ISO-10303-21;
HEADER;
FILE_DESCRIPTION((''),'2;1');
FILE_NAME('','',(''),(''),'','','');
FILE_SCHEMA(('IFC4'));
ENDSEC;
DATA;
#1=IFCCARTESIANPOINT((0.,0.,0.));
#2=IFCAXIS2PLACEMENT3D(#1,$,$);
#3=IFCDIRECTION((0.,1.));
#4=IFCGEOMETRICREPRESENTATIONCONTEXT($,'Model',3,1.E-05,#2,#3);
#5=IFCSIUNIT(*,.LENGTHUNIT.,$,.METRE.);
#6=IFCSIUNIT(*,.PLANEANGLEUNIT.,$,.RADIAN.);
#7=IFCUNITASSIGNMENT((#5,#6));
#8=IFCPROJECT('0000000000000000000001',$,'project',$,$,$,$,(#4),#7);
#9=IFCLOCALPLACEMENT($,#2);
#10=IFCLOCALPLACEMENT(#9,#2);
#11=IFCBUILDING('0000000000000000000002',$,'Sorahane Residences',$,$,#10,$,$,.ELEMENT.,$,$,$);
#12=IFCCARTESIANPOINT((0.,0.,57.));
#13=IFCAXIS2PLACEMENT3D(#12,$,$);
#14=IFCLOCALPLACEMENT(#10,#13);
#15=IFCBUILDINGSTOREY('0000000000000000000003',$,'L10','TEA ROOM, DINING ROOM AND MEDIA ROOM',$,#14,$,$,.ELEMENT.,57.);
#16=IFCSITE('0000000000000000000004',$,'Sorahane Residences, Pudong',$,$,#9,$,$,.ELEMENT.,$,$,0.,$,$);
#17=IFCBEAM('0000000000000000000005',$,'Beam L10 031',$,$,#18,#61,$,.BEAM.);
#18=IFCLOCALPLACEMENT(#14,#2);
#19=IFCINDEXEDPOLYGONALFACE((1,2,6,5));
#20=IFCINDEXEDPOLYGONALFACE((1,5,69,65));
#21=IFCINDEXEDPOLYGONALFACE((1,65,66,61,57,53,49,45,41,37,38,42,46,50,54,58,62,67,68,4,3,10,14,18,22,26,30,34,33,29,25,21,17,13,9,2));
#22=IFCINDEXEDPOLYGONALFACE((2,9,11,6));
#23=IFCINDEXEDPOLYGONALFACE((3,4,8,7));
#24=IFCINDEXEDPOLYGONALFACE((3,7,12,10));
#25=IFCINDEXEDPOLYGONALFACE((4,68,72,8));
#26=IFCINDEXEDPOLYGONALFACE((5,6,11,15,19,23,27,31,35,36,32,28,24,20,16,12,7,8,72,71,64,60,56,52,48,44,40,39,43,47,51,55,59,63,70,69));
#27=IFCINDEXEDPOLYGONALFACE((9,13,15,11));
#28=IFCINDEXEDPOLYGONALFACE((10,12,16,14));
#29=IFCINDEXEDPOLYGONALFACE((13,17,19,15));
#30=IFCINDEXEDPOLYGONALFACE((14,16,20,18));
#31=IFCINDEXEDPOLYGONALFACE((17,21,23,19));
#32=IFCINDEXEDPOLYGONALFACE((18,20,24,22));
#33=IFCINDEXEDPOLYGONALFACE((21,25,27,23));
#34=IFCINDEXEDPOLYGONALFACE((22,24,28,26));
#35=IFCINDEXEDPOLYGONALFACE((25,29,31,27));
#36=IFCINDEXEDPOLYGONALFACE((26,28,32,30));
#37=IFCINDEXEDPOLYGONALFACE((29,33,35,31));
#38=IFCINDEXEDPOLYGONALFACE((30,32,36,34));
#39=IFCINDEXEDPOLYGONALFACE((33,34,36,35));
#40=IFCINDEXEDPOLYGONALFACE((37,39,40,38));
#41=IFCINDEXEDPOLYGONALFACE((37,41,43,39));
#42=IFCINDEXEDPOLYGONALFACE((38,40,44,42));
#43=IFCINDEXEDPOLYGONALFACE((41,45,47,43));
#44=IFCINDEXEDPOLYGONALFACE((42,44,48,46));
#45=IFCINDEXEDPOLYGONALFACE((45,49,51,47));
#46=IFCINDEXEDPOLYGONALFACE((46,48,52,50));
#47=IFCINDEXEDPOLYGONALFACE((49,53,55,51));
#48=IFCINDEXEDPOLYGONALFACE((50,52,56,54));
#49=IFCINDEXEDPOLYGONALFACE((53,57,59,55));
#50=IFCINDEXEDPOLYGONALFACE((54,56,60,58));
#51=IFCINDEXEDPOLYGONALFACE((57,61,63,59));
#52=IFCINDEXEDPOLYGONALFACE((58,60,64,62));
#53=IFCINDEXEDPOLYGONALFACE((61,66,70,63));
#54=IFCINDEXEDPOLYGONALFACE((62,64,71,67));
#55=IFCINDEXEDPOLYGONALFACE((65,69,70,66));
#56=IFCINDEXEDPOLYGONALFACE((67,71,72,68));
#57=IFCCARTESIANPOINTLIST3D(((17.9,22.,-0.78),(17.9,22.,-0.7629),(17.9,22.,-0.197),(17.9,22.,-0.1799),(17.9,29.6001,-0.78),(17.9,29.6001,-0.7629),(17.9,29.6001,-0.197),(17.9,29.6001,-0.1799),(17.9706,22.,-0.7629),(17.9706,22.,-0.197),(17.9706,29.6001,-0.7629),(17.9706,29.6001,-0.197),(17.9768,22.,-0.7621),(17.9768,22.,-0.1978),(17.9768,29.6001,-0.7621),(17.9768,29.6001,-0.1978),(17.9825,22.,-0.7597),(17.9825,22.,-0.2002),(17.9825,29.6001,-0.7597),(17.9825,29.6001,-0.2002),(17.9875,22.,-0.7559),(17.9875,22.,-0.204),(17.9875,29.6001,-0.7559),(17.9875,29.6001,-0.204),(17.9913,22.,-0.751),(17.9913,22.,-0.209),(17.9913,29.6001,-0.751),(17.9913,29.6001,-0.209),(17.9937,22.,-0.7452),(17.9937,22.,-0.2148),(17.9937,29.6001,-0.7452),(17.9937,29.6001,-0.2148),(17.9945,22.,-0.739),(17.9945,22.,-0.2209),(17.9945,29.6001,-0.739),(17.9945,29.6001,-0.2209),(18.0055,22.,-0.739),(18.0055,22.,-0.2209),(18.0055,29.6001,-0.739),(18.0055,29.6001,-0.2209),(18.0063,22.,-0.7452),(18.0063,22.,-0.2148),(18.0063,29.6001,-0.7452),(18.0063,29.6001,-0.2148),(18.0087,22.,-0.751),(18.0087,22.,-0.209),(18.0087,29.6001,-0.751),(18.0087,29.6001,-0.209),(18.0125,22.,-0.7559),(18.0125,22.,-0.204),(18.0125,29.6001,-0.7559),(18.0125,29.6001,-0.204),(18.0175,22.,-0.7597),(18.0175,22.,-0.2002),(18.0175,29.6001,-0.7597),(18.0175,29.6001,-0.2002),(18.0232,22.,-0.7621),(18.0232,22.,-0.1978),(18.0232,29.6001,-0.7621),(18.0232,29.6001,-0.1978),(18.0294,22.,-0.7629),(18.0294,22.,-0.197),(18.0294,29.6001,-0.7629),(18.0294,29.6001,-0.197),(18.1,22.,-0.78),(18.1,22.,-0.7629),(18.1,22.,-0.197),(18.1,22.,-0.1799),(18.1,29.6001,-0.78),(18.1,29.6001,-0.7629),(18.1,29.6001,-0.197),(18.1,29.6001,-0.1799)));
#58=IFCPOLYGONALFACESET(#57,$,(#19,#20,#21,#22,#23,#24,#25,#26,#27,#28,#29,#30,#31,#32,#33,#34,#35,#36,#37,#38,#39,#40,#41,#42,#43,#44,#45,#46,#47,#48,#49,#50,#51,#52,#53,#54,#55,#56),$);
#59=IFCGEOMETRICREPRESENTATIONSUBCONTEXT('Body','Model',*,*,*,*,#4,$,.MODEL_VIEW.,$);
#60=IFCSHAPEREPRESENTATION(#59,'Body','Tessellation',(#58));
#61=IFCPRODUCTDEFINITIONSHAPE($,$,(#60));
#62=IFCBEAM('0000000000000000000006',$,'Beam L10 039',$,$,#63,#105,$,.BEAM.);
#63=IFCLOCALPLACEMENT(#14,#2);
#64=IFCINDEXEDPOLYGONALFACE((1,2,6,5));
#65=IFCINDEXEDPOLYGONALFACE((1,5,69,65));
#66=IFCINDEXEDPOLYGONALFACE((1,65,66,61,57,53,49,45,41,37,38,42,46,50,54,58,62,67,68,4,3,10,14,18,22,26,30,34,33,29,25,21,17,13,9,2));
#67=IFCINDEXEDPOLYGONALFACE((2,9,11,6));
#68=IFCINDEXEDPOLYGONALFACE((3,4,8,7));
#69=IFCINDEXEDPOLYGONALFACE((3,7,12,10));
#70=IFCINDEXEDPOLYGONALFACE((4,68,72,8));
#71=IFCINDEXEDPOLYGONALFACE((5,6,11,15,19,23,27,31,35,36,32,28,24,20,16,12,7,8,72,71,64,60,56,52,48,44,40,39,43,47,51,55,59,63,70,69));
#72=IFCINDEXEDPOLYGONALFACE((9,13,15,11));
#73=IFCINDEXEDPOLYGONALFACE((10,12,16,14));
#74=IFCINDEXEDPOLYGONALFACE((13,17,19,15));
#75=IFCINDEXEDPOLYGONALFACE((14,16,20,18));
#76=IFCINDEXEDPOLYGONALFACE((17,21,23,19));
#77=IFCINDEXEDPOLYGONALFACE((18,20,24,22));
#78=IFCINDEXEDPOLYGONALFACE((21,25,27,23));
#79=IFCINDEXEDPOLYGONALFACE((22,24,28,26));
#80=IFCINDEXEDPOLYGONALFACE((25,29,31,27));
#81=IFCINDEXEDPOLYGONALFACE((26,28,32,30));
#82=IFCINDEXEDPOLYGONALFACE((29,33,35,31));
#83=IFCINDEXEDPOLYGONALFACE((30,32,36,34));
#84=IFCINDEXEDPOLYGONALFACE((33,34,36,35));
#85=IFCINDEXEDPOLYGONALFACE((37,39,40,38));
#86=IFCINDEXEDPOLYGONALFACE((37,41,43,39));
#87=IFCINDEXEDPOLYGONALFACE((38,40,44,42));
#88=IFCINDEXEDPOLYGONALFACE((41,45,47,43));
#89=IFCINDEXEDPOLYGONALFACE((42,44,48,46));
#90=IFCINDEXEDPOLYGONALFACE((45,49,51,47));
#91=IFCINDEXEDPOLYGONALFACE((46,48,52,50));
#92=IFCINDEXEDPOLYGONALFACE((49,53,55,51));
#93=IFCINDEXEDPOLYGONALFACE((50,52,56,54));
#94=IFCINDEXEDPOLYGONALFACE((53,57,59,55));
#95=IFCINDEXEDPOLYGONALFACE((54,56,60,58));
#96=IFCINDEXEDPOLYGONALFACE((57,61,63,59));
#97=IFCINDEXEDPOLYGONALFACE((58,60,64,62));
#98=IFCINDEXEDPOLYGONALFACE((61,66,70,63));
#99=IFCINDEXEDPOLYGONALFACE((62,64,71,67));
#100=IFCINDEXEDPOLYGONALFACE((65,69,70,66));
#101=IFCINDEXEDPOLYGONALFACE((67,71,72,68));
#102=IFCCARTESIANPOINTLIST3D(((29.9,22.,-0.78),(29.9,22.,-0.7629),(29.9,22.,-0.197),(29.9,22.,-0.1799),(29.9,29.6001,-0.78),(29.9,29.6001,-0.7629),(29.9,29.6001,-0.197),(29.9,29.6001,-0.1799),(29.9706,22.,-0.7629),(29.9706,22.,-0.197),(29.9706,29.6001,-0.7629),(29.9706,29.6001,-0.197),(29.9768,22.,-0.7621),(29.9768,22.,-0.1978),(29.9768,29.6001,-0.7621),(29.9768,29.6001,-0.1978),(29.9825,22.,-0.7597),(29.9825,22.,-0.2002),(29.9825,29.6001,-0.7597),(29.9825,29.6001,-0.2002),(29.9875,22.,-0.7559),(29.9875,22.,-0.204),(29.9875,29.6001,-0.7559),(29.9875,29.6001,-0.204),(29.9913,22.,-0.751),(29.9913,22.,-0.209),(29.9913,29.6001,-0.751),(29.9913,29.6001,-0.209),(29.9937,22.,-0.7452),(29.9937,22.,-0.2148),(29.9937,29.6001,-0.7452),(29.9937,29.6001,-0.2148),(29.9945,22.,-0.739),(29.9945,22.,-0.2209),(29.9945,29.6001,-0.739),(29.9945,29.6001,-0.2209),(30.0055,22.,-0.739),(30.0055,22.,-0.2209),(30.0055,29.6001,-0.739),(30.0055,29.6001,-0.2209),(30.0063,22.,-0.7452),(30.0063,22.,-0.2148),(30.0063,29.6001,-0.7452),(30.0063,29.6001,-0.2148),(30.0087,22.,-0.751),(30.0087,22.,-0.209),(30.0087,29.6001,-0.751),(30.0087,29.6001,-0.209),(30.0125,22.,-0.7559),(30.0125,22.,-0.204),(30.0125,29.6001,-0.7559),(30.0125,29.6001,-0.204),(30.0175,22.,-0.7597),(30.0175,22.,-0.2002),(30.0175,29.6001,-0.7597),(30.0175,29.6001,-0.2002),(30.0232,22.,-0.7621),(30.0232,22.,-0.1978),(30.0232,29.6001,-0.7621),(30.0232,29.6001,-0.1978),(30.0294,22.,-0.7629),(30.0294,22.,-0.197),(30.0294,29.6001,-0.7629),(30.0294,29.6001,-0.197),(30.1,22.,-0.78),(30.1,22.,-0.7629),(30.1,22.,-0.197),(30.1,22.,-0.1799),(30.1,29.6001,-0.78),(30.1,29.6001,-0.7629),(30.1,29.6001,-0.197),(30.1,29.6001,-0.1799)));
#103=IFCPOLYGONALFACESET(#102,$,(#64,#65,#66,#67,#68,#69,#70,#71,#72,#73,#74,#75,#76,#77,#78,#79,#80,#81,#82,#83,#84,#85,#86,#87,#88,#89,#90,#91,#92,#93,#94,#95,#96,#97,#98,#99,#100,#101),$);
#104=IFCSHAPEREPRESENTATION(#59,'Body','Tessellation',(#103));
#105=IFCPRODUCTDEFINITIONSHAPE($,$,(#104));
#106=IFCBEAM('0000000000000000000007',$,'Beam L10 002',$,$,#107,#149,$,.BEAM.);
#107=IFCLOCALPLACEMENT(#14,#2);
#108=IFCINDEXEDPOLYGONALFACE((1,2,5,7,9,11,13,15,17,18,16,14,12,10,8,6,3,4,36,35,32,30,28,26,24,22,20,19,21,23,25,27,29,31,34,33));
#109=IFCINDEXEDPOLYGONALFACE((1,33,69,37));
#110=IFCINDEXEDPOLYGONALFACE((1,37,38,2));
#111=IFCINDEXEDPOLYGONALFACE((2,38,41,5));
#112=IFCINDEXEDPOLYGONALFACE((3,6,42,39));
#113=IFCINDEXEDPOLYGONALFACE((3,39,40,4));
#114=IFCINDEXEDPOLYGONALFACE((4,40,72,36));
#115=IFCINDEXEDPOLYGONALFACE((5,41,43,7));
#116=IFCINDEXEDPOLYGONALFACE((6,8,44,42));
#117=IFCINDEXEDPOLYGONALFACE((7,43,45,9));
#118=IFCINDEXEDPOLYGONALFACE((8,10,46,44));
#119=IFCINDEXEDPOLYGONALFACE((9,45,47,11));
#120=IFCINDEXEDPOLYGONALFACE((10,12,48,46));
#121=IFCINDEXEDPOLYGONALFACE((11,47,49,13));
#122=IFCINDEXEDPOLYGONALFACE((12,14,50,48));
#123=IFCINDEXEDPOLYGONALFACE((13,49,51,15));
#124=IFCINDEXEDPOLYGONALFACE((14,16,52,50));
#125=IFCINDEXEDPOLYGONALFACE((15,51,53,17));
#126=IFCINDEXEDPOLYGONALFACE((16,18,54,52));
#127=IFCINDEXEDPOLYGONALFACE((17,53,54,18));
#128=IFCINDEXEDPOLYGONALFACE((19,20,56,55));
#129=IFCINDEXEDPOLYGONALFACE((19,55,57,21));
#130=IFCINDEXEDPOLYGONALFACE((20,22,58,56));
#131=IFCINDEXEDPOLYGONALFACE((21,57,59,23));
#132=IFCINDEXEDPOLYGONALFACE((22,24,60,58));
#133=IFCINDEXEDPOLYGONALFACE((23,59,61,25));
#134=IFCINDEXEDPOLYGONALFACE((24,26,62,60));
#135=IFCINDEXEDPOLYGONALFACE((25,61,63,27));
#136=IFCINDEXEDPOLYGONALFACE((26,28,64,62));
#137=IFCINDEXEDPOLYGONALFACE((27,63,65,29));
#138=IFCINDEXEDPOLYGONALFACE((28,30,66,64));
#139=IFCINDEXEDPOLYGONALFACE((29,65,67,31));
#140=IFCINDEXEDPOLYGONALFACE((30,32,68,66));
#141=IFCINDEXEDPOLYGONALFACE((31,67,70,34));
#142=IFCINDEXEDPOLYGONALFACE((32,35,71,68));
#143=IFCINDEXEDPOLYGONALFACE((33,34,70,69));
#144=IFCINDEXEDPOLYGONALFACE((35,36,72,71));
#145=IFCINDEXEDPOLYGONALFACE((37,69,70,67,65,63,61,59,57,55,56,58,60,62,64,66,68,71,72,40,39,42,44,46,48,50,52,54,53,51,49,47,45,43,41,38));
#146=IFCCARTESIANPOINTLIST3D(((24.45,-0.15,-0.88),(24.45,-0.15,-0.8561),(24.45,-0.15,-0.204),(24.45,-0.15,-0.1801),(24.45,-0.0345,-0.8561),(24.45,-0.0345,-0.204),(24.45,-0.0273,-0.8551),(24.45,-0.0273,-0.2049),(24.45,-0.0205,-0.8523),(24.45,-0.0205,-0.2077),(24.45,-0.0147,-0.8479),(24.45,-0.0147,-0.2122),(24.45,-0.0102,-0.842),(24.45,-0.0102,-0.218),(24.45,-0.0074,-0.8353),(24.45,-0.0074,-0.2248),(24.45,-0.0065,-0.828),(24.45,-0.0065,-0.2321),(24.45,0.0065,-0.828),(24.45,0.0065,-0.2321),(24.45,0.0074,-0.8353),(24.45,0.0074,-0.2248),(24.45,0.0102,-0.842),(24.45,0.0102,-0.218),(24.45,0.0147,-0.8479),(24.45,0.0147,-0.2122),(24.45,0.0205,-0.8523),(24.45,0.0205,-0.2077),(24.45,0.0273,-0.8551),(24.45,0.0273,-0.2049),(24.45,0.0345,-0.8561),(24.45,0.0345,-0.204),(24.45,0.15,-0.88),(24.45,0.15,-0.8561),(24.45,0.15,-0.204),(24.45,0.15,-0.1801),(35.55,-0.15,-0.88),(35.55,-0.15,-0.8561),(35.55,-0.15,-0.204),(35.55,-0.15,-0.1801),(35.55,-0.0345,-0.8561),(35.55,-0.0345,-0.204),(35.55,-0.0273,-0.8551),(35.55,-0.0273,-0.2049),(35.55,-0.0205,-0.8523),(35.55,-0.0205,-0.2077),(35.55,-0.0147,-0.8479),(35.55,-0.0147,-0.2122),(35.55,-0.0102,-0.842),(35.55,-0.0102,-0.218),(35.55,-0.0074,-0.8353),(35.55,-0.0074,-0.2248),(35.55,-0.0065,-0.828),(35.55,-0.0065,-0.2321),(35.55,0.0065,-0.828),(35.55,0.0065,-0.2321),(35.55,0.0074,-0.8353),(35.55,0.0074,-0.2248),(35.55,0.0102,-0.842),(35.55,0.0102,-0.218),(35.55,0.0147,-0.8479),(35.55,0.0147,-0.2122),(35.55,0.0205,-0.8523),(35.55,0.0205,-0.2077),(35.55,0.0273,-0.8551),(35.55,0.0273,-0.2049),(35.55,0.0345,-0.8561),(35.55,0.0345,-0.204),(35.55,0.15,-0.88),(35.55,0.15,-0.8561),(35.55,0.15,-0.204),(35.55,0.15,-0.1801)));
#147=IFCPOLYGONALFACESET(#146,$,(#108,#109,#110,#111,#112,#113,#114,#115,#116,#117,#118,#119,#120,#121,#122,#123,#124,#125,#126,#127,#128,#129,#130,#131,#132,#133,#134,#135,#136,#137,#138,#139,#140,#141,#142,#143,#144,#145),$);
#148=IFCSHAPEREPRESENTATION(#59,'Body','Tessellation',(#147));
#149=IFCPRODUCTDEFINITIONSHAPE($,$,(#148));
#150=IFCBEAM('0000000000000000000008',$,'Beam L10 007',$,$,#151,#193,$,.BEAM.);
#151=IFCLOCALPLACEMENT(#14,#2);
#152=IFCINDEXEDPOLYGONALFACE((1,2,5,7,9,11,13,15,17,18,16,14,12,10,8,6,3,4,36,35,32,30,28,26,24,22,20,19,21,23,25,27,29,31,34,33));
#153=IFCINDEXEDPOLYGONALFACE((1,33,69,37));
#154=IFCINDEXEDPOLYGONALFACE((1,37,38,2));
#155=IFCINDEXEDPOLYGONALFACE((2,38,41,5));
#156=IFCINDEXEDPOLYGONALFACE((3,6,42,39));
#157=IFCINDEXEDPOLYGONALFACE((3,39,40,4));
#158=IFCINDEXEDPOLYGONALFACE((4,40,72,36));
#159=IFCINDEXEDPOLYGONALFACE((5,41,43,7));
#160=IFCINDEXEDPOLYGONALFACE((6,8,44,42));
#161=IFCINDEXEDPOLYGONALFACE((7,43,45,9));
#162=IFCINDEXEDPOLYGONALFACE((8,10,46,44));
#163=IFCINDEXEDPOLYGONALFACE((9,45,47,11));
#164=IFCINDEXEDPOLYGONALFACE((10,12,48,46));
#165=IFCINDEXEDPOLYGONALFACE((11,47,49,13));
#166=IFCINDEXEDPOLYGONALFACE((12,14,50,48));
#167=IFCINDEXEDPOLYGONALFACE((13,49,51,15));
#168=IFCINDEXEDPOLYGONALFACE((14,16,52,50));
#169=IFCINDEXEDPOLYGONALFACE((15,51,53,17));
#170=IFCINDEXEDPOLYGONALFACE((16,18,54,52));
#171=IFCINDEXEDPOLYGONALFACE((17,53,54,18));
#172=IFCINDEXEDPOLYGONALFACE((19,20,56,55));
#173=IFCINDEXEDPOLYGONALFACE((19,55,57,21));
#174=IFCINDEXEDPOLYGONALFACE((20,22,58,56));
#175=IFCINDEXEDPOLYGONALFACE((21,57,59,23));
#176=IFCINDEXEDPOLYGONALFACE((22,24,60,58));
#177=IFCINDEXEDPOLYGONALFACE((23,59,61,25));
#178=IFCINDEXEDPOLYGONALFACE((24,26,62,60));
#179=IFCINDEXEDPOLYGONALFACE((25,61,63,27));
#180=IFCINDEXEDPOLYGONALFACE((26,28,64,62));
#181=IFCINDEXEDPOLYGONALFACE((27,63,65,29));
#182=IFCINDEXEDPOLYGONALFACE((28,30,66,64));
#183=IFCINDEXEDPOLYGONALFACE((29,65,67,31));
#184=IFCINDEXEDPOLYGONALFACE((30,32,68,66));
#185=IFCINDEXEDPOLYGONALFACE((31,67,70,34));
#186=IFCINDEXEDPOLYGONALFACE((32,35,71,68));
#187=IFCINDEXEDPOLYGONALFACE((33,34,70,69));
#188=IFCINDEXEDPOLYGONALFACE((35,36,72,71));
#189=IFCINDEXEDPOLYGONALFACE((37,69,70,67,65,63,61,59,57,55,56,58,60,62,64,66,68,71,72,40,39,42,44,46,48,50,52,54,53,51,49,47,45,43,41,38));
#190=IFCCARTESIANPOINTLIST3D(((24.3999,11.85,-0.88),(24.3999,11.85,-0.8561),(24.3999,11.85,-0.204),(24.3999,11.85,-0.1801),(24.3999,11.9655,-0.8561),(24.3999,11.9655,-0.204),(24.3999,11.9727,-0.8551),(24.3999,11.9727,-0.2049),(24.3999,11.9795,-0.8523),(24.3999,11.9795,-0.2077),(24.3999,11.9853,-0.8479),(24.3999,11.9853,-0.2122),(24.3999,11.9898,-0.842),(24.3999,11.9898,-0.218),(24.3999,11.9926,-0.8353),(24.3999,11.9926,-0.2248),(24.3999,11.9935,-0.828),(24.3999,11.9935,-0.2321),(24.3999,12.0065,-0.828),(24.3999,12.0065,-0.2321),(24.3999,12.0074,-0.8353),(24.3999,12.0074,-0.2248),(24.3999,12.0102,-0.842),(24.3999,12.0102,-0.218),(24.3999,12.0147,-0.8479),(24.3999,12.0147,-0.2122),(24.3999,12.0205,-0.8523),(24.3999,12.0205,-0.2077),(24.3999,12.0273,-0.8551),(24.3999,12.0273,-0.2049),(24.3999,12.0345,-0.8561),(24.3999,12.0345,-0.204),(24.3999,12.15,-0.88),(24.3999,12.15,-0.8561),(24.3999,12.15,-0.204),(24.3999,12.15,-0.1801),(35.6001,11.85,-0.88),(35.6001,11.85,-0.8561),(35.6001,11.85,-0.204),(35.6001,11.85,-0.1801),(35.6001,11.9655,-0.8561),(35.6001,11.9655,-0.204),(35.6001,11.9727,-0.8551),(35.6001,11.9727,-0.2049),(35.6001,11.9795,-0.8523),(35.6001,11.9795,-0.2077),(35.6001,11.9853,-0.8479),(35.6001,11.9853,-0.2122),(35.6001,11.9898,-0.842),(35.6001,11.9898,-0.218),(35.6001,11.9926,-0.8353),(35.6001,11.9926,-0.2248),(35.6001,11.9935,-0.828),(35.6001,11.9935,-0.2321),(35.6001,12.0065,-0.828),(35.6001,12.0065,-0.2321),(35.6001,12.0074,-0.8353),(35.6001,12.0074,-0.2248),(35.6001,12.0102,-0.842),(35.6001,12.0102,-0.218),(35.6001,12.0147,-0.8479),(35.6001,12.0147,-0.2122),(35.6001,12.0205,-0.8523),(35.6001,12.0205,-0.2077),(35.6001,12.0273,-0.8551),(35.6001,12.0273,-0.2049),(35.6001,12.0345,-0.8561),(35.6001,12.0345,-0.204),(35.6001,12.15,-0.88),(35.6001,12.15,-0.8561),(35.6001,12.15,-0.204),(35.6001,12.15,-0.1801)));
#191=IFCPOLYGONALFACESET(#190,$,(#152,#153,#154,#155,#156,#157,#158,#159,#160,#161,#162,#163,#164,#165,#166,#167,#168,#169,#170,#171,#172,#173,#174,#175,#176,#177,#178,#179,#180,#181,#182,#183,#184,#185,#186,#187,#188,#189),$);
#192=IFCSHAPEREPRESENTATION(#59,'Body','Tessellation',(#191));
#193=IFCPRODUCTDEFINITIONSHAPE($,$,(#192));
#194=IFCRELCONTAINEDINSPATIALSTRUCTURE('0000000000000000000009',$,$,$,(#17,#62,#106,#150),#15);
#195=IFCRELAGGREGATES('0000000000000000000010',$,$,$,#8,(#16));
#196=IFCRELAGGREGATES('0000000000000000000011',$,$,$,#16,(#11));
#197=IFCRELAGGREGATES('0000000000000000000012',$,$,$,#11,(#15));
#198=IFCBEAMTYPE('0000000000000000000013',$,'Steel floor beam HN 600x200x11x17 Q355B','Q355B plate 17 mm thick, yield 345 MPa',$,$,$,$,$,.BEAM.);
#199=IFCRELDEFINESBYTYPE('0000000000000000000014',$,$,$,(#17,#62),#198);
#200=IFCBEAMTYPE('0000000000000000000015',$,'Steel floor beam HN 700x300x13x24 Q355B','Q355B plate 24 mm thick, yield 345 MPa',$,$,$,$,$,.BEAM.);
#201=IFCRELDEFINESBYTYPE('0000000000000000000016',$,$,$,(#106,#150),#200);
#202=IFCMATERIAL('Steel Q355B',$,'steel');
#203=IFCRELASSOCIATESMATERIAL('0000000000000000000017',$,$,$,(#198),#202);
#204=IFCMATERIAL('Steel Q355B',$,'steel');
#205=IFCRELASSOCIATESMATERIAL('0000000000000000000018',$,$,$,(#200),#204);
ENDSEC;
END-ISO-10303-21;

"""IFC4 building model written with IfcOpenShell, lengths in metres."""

from ifc_helpers import new_model, si_unit, direction, frame, origin, origin_2d, place, context, subcontext, project, spatial, i_section, extrude, material, material_profile, profile_set, type_object, element, save


model = new_model("IFC4")

# Units and contexts
model_context = context("Model", 3, precision=1e-05, world=origin(), true_north=direction((0.0, 1.0)))
body_context = subcontext(model_context, "Body", "Model", "MODEL_VIEW")
ifc_project = project(units=[si_unit("LENGTHUNIT", "METRE"), si_unit("PLANEANGLEUNIT", "RADIAN")], contexts=[model_context])

# Site, building, storey
site_placement = place(None, origin())
site = spatial("IfcSite", under=ifc_project, at=site_placement, Name="Sorahane Residences, Pudong", CompositionType="ELEMENT", RefElevation=0.0)
building_placement = place(site_placement, origin())
building = spatial("IfcBuilding", under=site, at=building_placement, Name="Sorahane Residences", CompositionType="ELEMENT")
storey_placement = place(building_placement, frame((0.0, 0.0, 57.0)))
storey = spatial("IfcBuildingStorey", under=building, at=storey_placement, Name="L10", Description="TEA ROOM, DINING ROOM AND MEDIA ROOM", CompositionType="ELEMENT", Elevation=57.0)

# Beams
ifc_material_1 = material(Name="Steel Q355B", Category="steel")
ifc_material_profile_1 = material_profile(ifc_material_1, i_section(OverallWidth=0.2, OverallDepth=0.6001, WebThickness=0.011, FlangeThickness=0.0171, FilletRadius=0.0239, at=origin_2d()), Name="HN 600x200x11x17")
ifc_profile_set_1 = profile_set([ifc_material_profile_1], Name="Steel Q355B")
beam_type_1 = type_object("IfcBeamType", Name="Steel floor beam HN 600x200x11x17 Q355B", Description="Q355B plate 17 mm thick, yield 345 MPa", PredefinedType="BEAM", material=ifc_profile_set_1)
for number, where, z_axis, x_axis, name in (
    (1, (18.0, 22.0, -0.48), (0.0, 1.0, 0.0), (-1.0, 0.0, 0.0), "Beam L10 031"),
    (2, (30.0, 22.0, -0.48), (0.0, 1.0, 0.0), (-1.0, 0.0, 0.0), "Beam L10 039"),
):
    element("IfcBeam", number, at=place(storey_placement, frame(where, z_axis=z_axis, x_axis=x_axis)), inside=storey, type_object=beam_type_1, Name=name, PredefinedType="BEAM", context=body_context, shape_type="SweptSolid", body=[
        extrude(i_section(OverallWidth=0.2, OverallDepth=0.6001, WebThickness=0.011, FlangeThickness=0.0171, FilletRadius=0.0239, at=origin_2d()), origin(), (0.0, 0.0, 1.0), 7.6001),
    ])
ifc_material_2 = material(Name="Steel Q355B", Category="steel")
ifc_material_profile_2 = material_profile(ifc_material_2, i_section(OverallWidth=0.3, OverallDepth=0.7, WebThickness=0.0129, FlangeThickness=0.0239, FilletRadius=0.0281, at=origin_2d()), Name="HN 700x300x13x24")
ifc_profile_set_2 = profile_set([ifc_material_profile_2], Name="Steel Q355B")
beam_type_2 = type_object("IfcBeamType", Name="Steel floor beam HN 700x300x13x24 Q355B", Description="Q355B plate 24 mm thick, yield 345 MPa", PredefinedType="BEAM", material=ifc_profile_set_2)
beam_1_placement = place(storey_placement, frame((24.45, 0.0, -0.53), z_axis=(1.0, 0.0, 0.0), x_axis=(0.0, 1.0, 0.0)))
element("IfcBeam", 3, at=beam_1_placement, inside=storey, type_object=beam_type_2, Name="Beam L10 002", PredefinedType="BEAM", context=body_context, shape_type="SweptSolid", body=[
    extrude(i_section(OverallWidth=0.3, OverallDepth=0.7, WebThickness=0.0129, FlangeThickness=0.0239, FilletRadius=0.0281, at=origin_2d()), origin(), (0.0, 0.0, 1.0), 11.1001),
])
beam_2_placement = place(storey_placement, frame((24.3999, 12.0, -0.53), z_axis=(1.0, 0.0, 0.0), x_axis=(0.0, 1.0, 0.0)))
element("IfcBeam", 4, at=beam_2_placement, inside=storey, type_object=beam_type_2, Name="Beam L10 007", PredefinedType="BEAM", context=body_context, shape_type="SweptSolid", body=[
    extrude(i_section(OverallWidth=0.3, OverallDepth=0.7, WebThickness=0.0129, FlangeThickness=0.0239, FilletRadius=0.0281, at=origin_2d()), origin(), (0.0, 0.0, 1.0), 11.2002),
])

save(model, "model.ifc")
